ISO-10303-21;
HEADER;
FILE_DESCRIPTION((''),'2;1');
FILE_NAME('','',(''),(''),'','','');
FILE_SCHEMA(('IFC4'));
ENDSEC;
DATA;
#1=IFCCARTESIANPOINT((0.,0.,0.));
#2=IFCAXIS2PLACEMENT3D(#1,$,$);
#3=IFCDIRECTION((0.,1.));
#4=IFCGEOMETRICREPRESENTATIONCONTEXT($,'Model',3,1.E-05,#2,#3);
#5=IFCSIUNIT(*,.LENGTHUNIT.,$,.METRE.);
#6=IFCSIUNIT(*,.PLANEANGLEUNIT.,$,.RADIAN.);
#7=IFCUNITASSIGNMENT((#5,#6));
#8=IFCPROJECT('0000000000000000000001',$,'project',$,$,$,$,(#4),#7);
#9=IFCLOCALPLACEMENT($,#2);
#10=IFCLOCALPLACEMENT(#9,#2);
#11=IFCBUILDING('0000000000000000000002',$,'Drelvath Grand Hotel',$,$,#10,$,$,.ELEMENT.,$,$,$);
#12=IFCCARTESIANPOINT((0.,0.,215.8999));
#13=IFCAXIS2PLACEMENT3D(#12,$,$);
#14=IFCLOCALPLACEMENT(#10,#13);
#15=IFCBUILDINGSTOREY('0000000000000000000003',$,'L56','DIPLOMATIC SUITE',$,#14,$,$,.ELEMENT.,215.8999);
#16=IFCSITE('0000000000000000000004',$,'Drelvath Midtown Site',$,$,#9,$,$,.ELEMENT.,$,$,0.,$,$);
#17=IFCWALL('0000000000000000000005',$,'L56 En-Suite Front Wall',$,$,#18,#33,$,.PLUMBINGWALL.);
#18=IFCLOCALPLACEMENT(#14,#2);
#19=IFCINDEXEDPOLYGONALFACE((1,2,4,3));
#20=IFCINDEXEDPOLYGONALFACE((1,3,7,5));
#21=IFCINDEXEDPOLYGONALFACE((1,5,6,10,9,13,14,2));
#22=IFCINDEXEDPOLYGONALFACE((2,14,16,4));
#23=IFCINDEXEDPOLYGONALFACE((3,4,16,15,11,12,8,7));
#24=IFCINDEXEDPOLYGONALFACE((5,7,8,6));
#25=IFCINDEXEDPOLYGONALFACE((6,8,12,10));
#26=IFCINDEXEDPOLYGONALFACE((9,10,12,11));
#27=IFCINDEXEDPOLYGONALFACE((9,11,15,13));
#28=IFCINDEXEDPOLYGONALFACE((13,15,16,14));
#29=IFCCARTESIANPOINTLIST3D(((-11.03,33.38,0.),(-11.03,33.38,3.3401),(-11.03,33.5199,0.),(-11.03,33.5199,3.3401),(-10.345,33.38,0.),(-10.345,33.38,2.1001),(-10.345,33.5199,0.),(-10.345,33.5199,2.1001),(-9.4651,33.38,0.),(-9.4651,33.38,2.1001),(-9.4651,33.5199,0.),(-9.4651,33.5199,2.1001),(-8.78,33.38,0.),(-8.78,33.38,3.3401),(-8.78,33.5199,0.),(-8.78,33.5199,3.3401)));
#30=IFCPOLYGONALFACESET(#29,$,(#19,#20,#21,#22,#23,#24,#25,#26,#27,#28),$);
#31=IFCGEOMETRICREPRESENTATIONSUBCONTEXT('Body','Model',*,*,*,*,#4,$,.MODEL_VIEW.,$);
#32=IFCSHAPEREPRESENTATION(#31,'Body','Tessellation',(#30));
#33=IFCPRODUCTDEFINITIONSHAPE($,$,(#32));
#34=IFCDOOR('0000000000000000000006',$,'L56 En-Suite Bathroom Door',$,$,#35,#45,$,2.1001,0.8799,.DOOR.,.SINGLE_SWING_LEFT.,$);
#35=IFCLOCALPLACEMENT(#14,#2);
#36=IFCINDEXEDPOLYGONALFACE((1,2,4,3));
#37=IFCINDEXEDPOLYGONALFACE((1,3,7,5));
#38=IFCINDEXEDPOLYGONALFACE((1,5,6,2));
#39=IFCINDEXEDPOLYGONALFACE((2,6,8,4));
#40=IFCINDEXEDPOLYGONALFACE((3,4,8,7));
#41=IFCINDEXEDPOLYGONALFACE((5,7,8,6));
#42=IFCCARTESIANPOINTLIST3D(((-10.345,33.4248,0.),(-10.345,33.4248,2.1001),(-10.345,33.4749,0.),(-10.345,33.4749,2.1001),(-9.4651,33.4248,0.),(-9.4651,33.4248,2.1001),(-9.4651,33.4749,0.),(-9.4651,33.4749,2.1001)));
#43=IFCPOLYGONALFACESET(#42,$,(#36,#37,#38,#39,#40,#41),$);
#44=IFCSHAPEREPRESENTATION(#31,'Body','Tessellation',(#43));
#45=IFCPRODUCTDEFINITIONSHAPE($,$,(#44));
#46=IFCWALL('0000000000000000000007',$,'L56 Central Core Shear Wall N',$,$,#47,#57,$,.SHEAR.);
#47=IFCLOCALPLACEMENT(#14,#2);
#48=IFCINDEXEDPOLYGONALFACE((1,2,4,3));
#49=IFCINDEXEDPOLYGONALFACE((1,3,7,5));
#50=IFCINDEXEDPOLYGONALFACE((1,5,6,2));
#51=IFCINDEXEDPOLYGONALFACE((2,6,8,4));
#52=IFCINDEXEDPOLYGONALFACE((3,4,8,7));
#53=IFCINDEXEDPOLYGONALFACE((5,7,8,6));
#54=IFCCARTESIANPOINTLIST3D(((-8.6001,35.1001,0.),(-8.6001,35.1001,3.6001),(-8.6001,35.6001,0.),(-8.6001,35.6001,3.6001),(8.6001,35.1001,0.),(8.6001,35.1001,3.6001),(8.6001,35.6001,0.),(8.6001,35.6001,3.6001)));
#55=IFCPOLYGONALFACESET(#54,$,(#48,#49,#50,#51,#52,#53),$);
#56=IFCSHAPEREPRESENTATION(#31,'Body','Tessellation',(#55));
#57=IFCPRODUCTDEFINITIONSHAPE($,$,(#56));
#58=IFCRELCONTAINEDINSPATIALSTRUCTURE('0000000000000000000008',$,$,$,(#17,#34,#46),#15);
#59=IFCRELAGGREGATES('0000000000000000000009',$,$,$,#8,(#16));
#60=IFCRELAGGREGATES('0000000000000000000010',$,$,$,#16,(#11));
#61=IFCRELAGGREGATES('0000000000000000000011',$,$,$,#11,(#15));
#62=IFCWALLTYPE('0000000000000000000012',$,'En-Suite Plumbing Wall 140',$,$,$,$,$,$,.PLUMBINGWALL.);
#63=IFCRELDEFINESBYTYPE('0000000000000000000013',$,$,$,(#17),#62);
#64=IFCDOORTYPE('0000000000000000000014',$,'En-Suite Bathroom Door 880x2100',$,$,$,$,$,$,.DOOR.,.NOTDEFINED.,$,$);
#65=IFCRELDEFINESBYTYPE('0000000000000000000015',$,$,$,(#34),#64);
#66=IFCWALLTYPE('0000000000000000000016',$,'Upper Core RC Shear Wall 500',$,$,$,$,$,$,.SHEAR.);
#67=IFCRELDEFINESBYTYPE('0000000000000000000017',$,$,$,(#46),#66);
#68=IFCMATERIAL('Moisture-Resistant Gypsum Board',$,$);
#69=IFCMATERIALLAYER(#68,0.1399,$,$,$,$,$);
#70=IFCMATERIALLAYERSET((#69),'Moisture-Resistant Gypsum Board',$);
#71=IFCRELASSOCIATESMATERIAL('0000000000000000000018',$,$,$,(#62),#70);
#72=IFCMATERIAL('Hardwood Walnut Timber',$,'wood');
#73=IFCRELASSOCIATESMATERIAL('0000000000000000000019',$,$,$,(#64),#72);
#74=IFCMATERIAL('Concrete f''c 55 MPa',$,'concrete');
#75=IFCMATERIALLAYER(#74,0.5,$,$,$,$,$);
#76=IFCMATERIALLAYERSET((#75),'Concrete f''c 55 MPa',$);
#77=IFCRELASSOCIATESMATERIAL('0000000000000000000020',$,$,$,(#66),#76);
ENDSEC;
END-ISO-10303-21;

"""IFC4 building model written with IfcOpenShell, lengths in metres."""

from ifc_helpers import new_model, si_unit, direction, frame, frame_2d, origin, place, context, subcontext, project, spatial, rectangle, extrude, material, layer, layer_set, type_object, element, fill, save


model = new_model("IFC4")

# Units and contexts
model_context = context("Model", 3, precision=1e-05, world=origin(), true_north=direction((0.0, 1.0)))
body_context = subcontext(model_context, "Body", "Model", "MODEL_VIEW")
ifc_project = project(units=[si_unit("LENGTHUNIT", "METRE"), si_unit("PLANEANGLEUNIT", "RADIAN")], contexts=[model_context])

# Site, building, storey
site_placement = place(None, origin())
site = spatial("IfcSite", under=ifc_project, at=site_placement, Name="Drelvath Midtown Site", CompositionType="ELEMENT", RefElevation=0.0)
building_placement = place(site_placement, origin())
building = spatial("IfcBuilding", under=site, at=building_placement, Name="Drelvath Grand Hotel", CompositionType="ELEMENT")
storey_placement = place(building_placement, frame((0.0, 0.0, 215.8999)))
storey = spatial("IfcBuildingStorey", under=building, at=storey_placement, Name="L56", Description="DIPLOMATIC SUITE", CompositionType="ELEMENT", Elevation=215.8999)

# Shared definitions
ifc_material_1 = material(Name="Concrete f'c 55 MPa", Category="concrete")

# Shared definitions
ifc_material_2 = material(Name="Hardwood Walnut Timber", Category="wood")

# Shared definitions
ifc_material_3 = material(Name="Moisture-Resistant Gypsum Board")
ifc_layer_1 = layer(ifc_material_3, 0.1399)
ifc_layer_set_1 = layer_set([ifc_layer_1], Name="Moisture-Resistant Gypsum Board")
wall_type_1 = type_object("IfcWallType", Name="En-Suite Plumbing Wall 140", PredefinedType="PLUMBINGWALL", material=ifc_layer_set_1)

# Wall, opening, door
wall_1_placement = place(storey_placement, frame((-11.03, 33.45, 0.0), z_axis=(0.0, 0.0, 1.0), x_axis=(1.0, 0.0, 0.0)))
wall_1 = element("IfcWall", 1, at=wall_1_placement, inside=storey, type_object=wall_type_1, Name="L56 En-Suite Front Wall", PredefinedType="PLUMBINGWALL", context=body_context, shape_type="SweptSolid", body=[
    extrude(rectangle(XDim=2.25, YDim=0.1399, at=frame_2d((1.125, 0.0))), origin(), (0.0, 0.0, 1.0), 3.3401),
])
opening_1_placement = place(wall_1_placement, frame((0.6851, 0.0, 0.0)))
opening_1 = element("IfcOpeningElement", 2, at=opening_1_placement, cuts=wall_1, PredefinedType="OPENING", context=body_context, shape_type="SweptSolid", body=[
    extrude(rectangle(XDim=0.8799, YDim=2.1001, at=frame_2d((0.4399, 1.05))), frame((0.0, 0.0798, 0.0), z_axis=(0.0, -1.0, 0.0), x_axis=(1.0, 0.0, 0.0)), (0.0, 0.0, 1.0), 0.1599),
])
door_type_1 = type_object("IfcDoorType", Name="En-Suite Bathroom Door 880x2100", OperationType="NOTDEFINED", PredefinedType="DOOR", material=ifc_material_2)
door_1_placement = place(opening_1_placement, origin())
door_1 = element("IfcDoor", 3, at=door_1_placement, inside=storey, type_object=door_type_1, Name="L56 En-Suite Bathroom Door", OperationType="SINGLE_SWING_LEFT", OverallHeight=2.1001, OverallWidth=0.8799, PredefinedType="DOOR", context=body_context, shape_type="SweptSolid", body=[
    extrude(rectangle(XDim=0.8799, YDim=2.1001, at=frame_2d((0.4399, 1.05))), frame((0.0, 0.0249, 0.0), z_axis=(0.0, -1.0, 0.0), x_axis=(1.0, 0.0, 0.0)), (0.0, 0.0, 1.0), 0.05),
])
fill(opening_1, door_1)

# Wall
ifc_layer_2 = layer(ifc_material_1, 0.5)
ifc_layer_set_2 = layer_set([ifc_layer_2], Name="Concrete f'c 55 MPa")
wall_type_2 = type_object("IfcWallType", Name="Upper Core RC Shear Wall 500", PredefinedType="SHEAR", material=ifc_layer_set_2)
wall_2_placement = place(storey_placement, frame((-8.6001, 35.3501, 0.0), z_axis=(0.0, 0.0, 1.0), x_axis=(1.0, 0.0, 0.0)))
element("IfcWall", 4, at=wall_2_placement, inside=storey, type_object=wall_type_2, Name="L56 Central Core Shear Wall N", PredefinedType="SHEAR", context=body_context, shape_type="SweptSolid", body=[
    extrude(rectangle(XDim=17.2002, YDim=0.5, at=frame_2d((8.6001, 0.0))), origin(), (0.0, 0.0, 1.0), 3.6001),
])

save(model, "model.ifc")
